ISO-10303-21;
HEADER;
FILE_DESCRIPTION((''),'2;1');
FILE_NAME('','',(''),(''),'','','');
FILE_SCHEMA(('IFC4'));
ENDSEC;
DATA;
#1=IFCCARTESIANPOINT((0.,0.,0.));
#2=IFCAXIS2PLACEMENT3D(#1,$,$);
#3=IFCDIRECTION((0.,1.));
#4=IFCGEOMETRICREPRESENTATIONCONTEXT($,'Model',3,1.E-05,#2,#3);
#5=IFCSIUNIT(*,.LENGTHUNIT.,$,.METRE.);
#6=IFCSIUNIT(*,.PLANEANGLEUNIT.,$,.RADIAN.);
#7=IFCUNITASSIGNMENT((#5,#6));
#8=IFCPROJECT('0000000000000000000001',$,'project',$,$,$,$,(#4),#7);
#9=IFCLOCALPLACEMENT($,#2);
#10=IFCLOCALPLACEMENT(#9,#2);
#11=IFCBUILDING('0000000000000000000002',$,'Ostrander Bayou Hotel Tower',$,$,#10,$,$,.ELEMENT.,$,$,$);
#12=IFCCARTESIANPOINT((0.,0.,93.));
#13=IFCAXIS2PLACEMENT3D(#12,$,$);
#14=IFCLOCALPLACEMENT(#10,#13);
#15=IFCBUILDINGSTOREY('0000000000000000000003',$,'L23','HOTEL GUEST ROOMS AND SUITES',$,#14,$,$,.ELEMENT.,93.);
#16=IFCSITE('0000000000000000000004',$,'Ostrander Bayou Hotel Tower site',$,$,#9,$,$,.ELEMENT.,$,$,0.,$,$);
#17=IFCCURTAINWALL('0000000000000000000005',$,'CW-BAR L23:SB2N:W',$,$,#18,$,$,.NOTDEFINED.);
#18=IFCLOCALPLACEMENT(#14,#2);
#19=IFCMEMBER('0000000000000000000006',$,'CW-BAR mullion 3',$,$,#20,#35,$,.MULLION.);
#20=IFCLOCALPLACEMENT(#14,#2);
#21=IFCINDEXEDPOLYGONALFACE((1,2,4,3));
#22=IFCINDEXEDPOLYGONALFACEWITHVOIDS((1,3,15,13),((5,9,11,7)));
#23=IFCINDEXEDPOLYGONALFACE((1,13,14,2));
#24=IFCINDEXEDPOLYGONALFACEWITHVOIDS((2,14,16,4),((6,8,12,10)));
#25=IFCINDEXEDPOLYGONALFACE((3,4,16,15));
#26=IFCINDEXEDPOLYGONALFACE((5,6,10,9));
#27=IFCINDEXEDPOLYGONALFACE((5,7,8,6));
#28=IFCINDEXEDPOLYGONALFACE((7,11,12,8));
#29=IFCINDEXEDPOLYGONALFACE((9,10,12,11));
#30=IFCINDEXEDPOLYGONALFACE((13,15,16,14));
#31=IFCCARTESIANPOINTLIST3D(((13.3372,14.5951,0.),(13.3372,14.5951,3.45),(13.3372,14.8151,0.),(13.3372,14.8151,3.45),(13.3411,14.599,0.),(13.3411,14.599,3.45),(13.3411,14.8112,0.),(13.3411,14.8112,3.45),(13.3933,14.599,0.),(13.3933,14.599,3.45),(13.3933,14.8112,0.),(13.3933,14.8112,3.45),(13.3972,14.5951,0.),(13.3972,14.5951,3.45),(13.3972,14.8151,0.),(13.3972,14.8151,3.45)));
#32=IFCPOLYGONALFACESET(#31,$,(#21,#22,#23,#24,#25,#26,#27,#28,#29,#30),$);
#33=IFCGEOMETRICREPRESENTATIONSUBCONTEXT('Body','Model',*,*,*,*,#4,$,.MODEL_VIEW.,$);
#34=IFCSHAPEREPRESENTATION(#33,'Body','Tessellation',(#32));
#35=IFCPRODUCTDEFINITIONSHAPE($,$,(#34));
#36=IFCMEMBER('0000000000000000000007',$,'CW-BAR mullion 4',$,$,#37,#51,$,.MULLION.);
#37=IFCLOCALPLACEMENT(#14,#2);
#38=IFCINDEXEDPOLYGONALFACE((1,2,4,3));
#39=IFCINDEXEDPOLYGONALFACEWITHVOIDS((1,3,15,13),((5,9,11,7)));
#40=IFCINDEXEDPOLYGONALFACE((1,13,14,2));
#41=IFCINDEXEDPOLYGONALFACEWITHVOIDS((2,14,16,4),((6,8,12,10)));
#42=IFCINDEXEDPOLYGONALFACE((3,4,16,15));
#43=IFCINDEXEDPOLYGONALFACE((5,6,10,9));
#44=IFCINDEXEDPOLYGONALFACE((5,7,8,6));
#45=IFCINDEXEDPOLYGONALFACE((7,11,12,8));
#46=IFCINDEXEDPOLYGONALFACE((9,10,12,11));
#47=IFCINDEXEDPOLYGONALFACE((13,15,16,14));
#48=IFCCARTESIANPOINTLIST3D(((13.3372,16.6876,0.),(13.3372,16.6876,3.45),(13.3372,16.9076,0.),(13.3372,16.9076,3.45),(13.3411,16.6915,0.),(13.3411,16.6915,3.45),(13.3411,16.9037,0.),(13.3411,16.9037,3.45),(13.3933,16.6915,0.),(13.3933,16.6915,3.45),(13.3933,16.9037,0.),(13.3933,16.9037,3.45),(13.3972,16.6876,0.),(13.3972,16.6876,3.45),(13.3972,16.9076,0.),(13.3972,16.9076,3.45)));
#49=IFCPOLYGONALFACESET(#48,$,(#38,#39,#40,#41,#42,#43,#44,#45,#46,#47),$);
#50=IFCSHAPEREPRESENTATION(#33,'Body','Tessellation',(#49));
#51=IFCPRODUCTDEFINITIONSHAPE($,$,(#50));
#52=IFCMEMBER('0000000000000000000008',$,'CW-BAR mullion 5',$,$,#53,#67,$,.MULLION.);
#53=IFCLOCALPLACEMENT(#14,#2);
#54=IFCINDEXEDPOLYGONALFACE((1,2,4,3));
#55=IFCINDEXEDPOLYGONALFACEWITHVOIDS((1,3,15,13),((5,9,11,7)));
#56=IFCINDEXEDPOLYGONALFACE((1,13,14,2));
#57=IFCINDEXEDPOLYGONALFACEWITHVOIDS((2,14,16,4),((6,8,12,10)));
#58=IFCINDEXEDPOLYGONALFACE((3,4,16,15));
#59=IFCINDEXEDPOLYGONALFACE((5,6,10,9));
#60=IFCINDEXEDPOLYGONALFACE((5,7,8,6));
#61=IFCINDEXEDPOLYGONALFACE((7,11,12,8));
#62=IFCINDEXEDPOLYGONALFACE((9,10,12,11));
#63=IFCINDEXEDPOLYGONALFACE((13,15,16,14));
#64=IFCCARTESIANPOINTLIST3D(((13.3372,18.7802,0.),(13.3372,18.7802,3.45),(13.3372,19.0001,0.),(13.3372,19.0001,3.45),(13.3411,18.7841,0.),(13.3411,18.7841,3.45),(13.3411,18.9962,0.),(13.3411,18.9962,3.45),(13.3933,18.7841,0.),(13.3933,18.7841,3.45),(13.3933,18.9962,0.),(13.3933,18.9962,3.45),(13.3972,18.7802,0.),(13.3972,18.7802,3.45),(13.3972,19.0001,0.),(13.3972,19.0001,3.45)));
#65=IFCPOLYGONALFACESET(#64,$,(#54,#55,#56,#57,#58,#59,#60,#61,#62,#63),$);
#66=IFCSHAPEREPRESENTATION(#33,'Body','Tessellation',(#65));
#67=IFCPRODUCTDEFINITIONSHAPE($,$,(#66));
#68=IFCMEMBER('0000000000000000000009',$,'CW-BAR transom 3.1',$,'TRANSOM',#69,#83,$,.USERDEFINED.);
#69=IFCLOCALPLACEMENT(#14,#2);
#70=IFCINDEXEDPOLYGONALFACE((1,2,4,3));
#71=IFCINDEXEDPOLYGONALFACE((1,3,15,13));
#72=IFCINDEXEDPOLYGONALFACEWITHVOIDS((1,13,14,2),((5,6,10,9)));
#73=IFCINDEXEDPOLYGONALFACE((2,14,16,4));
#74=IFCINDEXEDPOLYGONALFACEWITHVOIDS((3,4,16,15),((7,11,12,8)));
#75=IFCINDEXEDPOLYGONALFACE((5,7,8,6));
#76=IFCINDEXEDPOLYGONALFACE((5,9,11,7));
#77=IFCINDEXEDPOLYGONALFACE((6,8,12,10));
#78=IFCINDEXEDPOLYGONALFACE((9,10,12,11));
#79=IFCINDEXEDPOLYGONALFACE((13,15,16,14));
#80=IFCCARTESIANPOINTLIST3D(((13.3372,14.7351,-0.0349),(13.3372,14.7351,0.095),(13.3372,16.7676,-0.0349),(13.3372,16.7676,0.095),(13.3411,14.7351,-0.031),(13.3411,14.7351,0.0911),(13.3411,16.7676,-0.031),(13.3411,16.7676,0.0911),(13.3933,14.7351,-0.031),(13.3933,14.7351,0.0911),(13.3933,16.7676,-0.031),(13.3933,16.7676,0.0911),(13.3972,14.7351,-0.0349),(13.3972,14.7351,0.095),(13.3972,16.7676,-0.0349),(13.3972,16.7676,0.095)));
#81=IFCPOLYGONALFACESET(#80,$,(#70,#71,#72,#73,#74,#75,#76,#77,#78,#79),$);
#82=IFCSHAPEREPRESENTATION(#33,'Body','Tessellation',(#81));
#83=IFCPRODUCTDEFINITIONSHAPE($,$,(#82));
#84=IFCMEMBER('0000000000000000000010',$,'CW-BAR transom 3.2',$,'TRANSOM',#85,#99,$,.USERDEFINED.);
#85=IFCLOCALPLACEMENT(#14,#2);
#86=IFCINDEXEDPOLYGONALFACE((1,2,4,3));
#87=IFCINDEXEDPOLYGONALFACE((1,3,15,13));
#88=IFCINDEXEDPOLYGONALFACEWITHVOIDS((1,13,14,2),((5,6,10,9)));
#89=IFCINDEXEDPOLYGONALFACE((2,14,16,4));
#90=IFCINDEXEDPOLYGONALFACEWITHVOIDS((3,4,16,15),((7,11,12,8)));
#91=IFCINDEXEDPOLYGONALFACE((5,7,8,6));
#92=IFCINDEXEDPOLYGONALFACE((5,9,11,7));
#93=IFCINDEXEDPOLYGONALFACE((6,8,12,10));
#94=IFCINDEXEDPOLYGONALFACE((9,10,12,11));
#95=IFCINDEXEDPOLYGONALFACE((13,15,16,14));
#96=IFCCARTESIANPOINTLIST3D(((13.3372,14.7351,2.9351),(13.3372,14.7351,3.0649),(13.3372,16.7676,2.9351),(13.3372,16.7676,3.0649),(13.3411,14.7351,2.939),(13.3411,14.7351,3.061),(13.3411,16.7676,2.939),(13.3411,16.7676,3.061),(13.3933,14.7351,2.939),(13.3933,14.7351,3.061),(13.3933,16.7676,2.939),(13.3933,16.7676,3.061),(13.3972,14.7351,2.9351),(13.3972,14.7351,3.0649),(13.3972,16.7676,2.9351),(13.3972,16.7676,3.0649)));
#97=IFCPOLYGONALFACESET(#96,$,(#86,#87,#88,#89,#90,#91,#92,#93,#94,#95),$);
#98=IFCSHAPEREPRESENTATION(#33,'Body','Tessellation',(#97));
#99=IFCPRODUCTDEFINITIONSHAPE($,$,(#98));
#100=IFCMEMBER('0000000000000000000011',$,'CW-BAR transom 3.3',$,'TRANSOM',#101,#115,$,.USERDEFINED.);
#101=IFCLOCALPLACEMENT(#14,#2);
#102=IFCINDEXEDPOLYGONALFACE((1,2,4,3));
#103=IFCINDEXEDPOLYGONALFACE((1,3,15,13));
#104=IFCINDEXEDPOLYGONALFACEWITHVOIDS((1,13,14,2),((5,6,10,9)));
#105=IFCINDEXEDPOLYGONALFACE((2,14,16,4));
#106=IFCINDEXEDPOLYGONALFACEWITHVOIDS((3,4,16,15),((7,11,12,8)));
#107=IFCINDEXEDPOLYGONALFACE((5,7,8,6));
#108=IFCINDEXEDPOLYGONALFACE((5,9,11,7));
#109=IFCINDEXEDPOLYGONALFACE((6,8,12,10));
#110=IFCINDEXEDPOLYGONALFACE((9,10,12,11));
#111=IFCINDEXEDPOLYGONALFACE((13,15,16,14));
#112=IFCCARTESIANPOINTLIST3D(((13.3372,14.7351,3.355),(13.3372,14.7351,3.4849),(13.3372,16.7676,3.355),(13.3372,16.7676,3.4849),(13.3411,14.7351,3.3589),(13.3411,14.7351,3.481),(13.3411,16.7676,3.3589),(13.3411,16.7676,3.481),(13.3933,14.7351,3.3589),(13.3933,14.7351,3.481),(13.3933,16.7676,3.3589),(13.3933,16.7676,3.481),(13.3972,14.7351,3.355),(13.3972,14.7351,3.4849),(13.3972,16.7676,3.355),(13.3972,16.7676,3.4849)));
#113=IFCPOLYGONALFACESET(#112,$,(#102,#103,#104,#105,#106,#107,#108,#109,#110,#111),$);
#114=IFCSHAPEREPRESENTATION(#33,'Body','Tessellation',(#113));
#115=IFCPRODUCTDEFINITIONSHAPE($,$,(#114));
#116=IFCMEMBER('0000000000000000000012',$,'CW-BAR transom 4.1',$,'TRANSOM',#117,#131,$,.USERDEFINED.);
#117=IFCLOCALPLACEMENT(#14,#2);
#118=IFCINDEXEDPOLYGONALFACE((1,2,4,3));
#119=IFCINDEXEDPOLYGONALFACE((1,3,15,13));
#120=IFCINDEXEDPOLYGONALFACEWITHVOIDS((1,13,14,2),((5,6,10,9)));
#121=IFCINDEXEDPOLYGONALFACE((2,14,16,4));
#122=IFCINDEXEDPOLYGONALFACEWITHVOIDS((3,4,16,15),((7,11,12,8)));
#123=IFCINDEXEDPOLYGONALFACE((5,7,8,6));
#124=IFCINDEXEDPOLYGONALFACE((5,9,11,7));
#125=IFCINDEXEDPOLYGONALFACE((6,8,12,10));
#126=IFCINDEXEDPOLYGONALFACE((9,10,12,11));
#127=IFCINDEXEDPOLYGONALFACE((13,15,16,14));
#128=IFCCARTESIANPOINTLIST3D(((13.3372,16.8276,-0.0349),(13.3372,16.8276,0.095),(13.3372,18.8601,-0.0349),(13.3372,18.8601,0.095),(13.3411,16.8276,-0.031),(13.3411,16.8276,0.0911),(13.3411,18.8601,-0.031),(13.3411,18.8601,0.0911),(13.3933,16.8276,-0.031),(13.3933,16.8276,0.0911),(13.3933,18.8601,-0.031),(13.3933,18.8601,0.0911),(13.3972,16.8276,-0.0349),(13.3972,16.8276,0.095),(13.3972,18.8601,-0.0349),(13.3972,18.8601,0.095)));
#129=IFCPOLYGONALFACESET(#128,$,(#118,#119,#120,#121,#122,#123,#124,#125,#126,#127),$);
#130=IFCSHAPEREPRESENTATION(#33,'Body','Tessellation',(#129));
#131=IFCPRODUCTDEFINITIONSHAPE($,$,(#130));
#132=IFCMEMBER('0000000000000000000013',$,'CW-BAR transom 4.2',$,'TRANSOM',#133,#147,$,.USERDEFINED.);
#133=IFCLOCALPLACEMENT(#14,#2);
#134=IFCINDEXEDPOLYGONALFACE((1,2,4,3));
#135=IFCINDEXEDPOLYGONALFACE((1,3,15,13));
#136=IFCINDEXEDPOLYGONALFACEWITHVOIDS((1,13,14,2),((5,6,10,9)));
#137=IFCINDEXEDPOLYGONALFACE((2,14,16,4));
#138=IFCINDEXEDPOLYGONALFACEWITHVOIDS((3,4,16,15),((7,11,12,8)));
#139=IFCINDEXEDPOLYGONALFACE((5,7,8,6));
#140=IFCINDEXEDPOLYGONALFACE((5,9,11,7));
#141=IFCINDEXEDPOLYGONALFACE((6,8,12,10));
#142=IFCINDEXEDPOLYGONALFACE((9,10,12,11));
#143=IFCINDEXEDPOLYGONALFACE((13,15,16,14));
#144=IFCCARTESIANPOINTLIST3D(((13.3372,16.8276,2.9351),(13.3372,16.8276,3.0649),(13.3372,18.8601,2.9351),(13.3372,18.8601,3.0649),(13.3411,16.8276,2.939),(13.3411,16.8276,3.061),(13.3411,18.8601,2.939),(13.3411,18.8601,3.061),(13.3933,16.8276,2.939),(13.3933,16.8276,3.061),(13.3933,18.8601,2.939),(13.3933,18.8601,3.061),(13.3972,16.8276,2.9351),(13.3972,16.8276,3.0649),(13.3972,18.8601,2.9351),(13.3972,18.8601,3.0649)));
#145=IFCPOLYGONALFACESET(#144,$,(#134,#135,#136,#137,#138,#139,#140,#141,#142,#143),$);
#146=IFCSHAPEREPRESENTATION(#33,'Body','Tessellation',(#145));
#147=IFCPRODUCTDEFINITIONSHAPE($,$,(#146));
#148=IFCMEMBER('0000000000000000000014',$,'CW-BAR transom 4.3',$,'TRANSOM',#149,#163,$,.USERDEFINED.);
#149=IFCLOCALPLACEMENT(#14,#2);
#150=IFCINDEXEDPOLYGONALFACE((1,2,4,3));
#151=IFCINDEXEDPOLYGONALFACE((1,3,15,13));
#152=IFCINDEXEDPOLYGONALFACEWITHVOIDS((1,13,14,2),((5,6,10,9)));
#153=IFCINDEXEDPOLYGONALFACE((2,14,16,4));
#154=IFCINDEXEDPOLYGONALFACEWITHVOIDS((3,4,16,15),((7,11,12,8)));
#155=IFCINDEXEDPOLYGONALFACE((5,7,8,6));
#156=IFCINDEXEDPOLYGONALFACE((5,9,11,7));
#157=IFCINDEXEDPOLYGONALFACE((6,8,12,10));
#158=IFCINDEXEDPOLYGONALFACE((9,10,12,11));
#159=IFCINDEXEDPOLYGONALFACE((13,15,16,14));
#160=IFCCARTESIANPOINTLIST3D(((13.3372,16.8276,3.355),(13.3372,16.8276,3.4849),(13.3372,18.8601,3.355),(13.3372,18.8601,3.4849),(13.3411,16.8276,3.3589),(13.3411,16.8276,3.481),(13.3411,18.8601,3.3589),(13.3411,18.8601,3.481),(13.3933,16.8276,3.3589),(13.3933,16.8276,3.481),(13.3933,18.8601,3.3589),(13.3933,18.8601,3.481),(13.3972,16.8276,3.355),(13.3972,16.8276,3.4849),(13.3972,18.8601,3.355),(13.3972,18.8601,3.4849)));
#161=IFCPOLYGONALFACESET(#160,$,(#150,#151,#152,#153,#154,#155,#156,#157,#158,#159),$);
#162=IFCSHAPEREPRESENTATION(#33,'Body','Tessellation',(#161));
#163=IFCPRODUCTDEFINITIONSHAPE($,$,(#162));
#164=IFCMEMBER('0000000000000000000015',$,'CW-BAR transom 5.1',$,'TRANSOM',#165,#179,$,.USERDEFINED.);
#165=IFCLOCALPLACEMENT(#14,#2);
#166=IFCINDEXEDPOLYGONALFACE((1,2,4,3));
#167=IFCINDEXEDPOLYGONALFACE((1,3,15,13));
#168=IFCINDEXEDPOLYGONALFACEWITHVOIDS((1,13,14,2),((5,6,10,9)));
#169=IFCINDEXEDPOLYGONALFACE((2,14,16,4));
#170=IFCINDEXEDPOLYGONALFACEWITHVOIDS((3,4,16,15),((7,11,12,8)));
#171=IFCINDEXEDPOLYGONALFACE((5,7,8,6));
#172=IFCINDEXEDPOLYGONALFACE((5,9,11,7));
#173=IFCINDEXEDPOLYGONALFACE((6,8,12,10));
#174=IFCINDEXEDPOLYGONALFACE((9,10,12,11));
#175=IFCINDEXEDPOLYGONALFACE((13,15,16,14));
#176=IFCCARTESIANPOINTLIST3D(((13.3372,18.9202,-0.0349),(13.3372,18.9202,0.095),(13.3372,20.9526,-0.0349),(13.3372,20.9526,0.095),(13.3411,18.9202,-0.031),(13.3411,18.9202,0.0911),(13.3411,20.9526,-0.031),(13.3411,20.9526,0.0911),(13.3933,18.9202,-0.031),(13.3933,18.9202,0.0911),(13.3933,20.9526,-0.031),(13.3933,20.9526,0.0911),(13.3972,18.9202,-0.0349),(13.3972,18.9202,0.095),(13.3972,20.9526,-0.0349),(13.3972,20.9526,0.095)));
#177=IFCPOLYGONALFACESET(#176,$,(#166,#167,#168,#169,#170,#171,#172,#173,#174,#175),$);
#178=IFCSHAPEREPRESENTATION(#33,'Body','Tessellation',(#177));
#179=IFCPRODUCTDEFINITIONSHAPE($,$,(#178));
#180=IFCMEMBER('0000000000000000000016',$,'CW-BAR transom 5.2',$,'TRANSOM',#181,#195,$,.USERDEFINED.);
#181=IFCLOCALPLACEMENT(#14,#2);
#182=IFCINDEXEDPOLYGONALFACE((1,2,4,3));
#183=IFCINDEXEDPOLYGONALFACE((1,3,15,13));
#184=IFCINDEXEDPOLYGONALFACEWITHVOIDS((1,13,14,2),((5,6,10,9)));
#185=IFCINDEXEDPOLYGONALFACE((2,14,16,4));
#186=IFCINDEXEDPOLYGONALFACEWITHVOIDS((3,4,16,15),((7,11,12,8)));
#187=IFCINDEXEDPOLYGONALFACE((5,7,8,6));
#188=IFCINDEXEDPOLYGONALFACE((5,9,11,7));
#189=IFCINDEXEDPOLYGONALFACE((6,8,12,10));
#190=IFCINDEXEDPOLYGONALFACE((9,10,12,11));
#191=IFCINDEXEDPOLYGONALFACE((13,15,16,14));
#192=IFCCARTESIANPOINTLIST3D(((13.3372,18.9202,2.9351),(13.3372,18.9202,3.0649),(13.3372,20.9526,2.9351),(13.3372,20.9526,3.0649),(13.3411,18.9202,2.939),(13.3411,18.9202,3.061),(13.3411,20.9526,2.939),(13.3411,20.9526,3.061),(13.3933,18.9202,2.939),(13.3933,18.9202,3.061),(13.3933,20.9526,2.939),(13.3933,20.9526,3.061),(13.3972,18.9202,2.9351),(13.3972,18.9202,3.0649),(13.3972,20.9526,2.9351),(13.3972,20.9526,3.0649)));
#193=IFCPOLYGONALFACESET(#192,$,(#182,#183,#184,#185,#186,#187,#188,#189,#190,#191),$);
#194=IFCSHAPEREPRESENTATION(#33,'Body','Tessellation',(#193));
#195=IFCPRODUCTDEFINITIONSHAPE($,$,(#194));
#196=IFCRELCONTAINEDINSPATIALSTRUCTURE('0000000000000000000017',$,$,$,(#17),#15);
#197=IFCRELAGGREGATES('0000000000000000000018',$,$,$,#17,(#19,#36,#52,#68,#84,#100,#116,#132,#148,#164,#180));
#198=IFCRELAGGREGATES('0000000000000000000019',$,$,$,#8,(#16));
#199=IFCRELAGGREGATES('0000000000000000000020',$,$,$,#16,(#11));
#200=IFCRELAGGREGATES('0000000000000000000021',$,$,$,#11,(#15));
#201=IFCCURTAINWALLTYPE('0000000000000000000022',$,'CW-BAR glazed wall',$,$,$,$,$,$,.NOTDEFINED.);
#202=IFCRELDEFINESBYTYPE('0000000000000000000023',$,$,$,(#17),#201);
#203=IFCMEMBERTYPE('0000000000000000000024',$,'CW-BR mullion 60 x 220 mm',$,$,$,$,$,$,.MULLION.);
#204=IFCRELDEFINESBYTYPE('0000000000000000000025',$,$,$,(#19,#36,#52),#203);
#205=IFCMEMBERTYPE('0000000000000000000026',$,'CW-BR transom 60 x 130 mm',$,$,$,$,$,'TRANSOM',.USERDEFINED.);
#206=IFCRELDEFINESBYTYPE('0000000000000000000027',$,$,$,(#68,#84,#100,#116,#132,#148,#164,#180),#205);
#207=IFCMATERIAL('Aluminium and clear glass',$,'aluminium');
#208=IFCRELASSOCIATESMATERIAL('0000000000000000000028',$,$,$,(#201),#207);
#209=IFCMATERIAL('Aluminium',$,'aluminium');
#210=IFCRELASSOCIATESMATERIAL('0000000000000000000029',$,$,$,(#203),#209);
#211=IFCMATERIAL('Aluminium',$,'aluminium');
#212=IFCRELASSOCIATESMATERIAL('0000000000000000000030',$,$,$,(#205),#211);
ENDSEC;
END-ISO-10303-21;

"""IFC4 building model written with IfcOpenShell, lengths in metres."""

from ifc_helpers import new_model, si_unit, direction, frame, origin, origin_2d, place, context, subcontext, project, spatial, hollow_rectangle, extrude, material, material_profile, profile_set, type_object, element, aggregate, save


model = new_model("IFC4")

# Units and contexts
model_context = context("Model", 3, precision=1e-05, world=origin(), true_north=direction((0.0, 1.0)))
body_context = subcontext(model_context, "Body", "Model", "MODEL_VIEW")
ifc_project = project(units=[si_unit("LENGTHUNIT", "METRE"), si_unit("PLANEANGLEUNIT", "RADIAN")], contexts=[model_context])

# Site, building, storey
site_placement = place(None, origin())
site = spatial("IfcSite", under=ifc_project, at=site_placement, Name="Ostrander Bayou Hotel Tower site", CompositionType="ELEMENT", RefElevation=0.0)
building_placement = place(site_placement, origin())
building = spatial("IfcBuilding", under=site, at=building_placement, Name="Ostrander Bayou Hotel Tower", CompositionType="ELEMENT")
storey_placement = place(building_placement, frame((0.0, 0.0, 93.0)))
storey = spatial("IfcBuildingStorey", under=building, at=storey_placement, Name="L23", Description="HOTEL GUEST ROOMS AND SUITES", CompositionType="ELEMENT", Elevation=93.0)

# Curtain wall, members
ifc_material_1 = material(Name="Aluminium and clear glass", Category="aluminium")
curtain_wall_type = type_object("IfcCurtainWallType", Name="CW-BAR glazed wall", PredefinedType="NOTDEFINED", material=ifc_material_1)
curtain_wall_placement = place(storey_placement, origin())
curtain_wall = element("IfcCurtainWall", 1, at=curtain_wall_placement, inside=storey, type_object=curtain_wall_type, Name="CW-BAR L23:SB2N:W", PredefinedType="NOTDEFINED")
ifc_material_2 = material(Name="Aluminium", Category="aluminium")
ifc_material_profile_1 = material_profile(ifc_material_2, hollow_rectangle(XDim=0.0601, YDim=0.22, WallThickness=0.0039, at=origin_2d()))
ifc_profile_set_1 = profile_set([ifc_material_profile_1], Name="Aluminium")
member_type_1 = type_object("IfcMemberType", Name="CW-BR mullion 60 x 220 mm", PredefinedType="MULLION", material=ifc_profile_set_1)
member_1_placement = place(storey_placement, frame((13.3672, 14.7051, 0.0), z_axis=(0.0, 0.0, 1.0), x_axis=(-1.0, 0.0, 0.0)))
member_1 = element("IfcMember", 2, at=member_1_placement, type_object=member_type_1, Name="CW-BAR mullion 3", PredefinedType="MULLION", context=body_context, shape_type="SweptSolid", body=[
    extrude(hollow_rectangle(XDim=0.0601, YDim=0.22, WallThickness=0.0039, at=origin_2d()), origin(), (0.0, 0.0, 1.0), 3.45),
])
member_2_placement = place(storey_placement, frame((13.3672, 16.7976, 0.0), z_axis=(0.0, 0.0, 1.0), x_axis=(-1.0, 0.0, 0.0)))
member_2 = element("IfcMember", 3, at=member_2_placement, type_object=member_type_1, Name="CW-BAR mullion 4", PredefinedType="MULLION", context=body_context, shape_type="SweptSolid", body=[
    extrude(hollow_rectangle(XDim=0.0601, YDim=0.22, WallThickness=0.0039, at=origin_2d()), origin(), (0.0, 0.0, 1.0), 3.45),
])
member_3_placement = place(storey_placement, frame((13.3672, 18.8901, 0.0), z_axis=(0.0, 0.0, 1.0), x_axis=(-1.0, 0.0, 0.0)))
member_3 = element("IfcMember", 4, at=member_3_placement, type_object=member_type_1, Name="CW-BAR mullion 5", PredefinedType="MULLION", context=body_context, shape_type="SweptSolid", body=[
    extrude(hollow_rectangle(XDim=0.0601, YDim=0.22, WallThickness=0.0039, at=origin_2d()), origin(), (0.0, 0.0, 1.0), 3.45),
])
ifc_material_3 = material(Name="Aluminium", Category="aluminium")
ifc_material_profile_2 = material_profile(ifc_material_3, hollow_rectangle(XDim=0.0601, YDim=0.1299, WallThickness=0.0039, at=origin_2d()))
ifc_profile_set_2 = profile_set([ifc_material_profile_2], Name="Aluminium")
member_type_2 = type_object("IfcMemberType", Name="CW-BR transom 60 x 130 mm", ElementType="TRANSOM", PredefinedType="USERDEFINED", material=ifc_profile_set_2)
member_4_placement = place(storey_placement, frame((13.3672, 14.7351, 0.03), z_axis=(0.0, 1.0, 0.0), x_axis=(-1.0, 0.0, 0.0)))
member_4 = element("IfcMember", 5, at=member_4_placement, type_object=member_type_2, Name="CW-BAR transom 3.1", ObjectType="TRANSOM", PredefinedType="USERDEFINED", context=body_context, shape_type="SweptSolid", body=[
    extrude(hollow_rectangle(XDim=0.0601, YDim=0.1299, WallThickness=0.0039, at=origin_2d()), origin(), (0.0, 0.0, 1.0), 2.0325),
])
member_5_placement = place(storey_placement, frame((13.3672, 14.7351, 3.0), z_axis=(0.0, 1.0, 0.0), x_axis=(-1.0, 0.0, 0.0)))
member_5 = element("IfcMember", 6, at=member_5_placement, type_object=member_type_2, Name="CW-BAR transom 3.2", ObjectType="TRANSOM", PredefinedType="USERDEFINED", context=body_context, shape_type="SweptSolid", body=[
    extrude(hollow_rectangle(XDim=0.0601, YDim=0.1299, WallThickness=0.0039, at=origin_2d()), origin(), (0.0, 0.0, 1.0), 2.0325),
])
member_6_placement = place(storey_placement, frame((13.3672, 14.7351, 3.4199), z_axis=(0.0, 1.0, 0.0), x_axis=(-1.0, 0.0, 0.0)))
member_6 = element("IfcMember", 7, at=member_6_placement, type_object=member_type_2, Name="CW-BAR transom 3.3", ObjectType="TRANSOM", PredefinedType="USERDEFINED", context=body_context, shape_type="SweptSolid", body=[
    extrude(hollow_rectangle(XDim=0.0601, YDim=0.1299, WallThickness=0.0039, at=origin_2d()), origin(), (0.0, 0.0, 1.0), 2.0325),
])
member_7_placement = place(storey_placement, frame((13.3672, 16.8276, 0.03), z_axis=(0.0, 1.0, 0.0), x_axis=(-1.0, 0.0, 0.0)))
member_7 = element("IfcMember", 8, at=member_7_placement, type_object=member_type_2, Name="CW-BAR transom 4.1", ObjectType="TRANSOM", PredefinedType="USERDEFINED", context=body_context, shape_type="SweptSolid", body=[
    extrude(hollow_rectangle(XDim=0.0601, YDim=0.1299, WallThickness=0.0039, at=origin_2d()), origin(), (0.0, 0.0, 1.0), 2.0325),
])
member_8_placement = place(storey_placement, frame((13.3672, 16.8276, 3.0), z_axis=(0.0, 1.0, 0.0), x_axis=(-1.0, 0.0, 0.0)))
member_8 = element("IfcMember", 9, at=member_8_placement, type_object=member_type_2, Name="CW-BAR transom 4.2", ObjectType="TRANSOM", PredefinedType="USERDEFINED", context=body_context, shape_type="SweptSolid", body=[
    extrude(hollow_rectangle(XDim=0.0601, YDim=0.1299, WallThickness=0.0039, at=origin_2d()), origin(), (0.0, 0.0, 1.0), 2.0325),
])
member_9_placement = place(storey_placement, frame((13.3672, 16.8276, 3.4199), z_axis=(0.0, 1.0, 0.0), x_axis=(-1.0, 0.0, 0.0)))
member_9 = element("IfcMember", 10, at=member_9_placement, type_object=member_type_2, Name="CW-BAR transom 4.3", ObjectType="TRANSOM", PredefinedType="USERDEFINED", context=body_context, shape_type="SweptSolid", body=[
    extrude(hollow_rectangle(XDim=0.0601, YDim=0.1299, WallThickness=0.0039, at=origin_2d()), origin(), (0.0, 0.0, 1.0), 2.0325),
])
member_10_placement = place(storey_placement, frame((13.3672, 18.9202, 0.03), z_axis=(0.0, 1.0, 0.0), x_axis=(-1.0, 0.0, 0.0)))
member_10 = element("IfcMember", 11, at=member_10_placement, type_object=member_type_2, Name="CW-BAR transom 5.1", ObjectType="TRANSOM", PredefinedType="USERDEFINED", context=body_context, shape_type="SweptSolid", body=[
    extrude(hollow_rectangle(XDim=0.0601, YDim=0.1299, WallThickness=0.0039, at=origin_2d()), origin(), (0.0, 0.0, 1.0), 2.0325),
])
member_11_placement = place(storey_placement, frame((13.3672, 18.9202, 3.0), z_axis=(0.0, 1.0, 0.0), x_axis=(-1.0, 0.0, 0.0)))
member_11 = element("IfcMember", 12, at=member_11_placement, type_object=member_type_2, Name="CW-BAR transom 5.2", ObjectType="TRANSOM", PredefinedType="USERDEFINED", context=body_context, shape_type="SweptSolid", body=[
    extrude(hollow_rectangle(XDim=0.0601, YDim=0.1299, WallThickness=0.0039, at=origin_2d()), origin(), (0.0, 0.0, 1.0), 2.0325),
])

aggregate(curtain_wall, [member_1, member_2, member_3, member_4, member_5, member_6, member_7, member_8, member_9, member_10, member_11])

save(model, "model.ifc")
